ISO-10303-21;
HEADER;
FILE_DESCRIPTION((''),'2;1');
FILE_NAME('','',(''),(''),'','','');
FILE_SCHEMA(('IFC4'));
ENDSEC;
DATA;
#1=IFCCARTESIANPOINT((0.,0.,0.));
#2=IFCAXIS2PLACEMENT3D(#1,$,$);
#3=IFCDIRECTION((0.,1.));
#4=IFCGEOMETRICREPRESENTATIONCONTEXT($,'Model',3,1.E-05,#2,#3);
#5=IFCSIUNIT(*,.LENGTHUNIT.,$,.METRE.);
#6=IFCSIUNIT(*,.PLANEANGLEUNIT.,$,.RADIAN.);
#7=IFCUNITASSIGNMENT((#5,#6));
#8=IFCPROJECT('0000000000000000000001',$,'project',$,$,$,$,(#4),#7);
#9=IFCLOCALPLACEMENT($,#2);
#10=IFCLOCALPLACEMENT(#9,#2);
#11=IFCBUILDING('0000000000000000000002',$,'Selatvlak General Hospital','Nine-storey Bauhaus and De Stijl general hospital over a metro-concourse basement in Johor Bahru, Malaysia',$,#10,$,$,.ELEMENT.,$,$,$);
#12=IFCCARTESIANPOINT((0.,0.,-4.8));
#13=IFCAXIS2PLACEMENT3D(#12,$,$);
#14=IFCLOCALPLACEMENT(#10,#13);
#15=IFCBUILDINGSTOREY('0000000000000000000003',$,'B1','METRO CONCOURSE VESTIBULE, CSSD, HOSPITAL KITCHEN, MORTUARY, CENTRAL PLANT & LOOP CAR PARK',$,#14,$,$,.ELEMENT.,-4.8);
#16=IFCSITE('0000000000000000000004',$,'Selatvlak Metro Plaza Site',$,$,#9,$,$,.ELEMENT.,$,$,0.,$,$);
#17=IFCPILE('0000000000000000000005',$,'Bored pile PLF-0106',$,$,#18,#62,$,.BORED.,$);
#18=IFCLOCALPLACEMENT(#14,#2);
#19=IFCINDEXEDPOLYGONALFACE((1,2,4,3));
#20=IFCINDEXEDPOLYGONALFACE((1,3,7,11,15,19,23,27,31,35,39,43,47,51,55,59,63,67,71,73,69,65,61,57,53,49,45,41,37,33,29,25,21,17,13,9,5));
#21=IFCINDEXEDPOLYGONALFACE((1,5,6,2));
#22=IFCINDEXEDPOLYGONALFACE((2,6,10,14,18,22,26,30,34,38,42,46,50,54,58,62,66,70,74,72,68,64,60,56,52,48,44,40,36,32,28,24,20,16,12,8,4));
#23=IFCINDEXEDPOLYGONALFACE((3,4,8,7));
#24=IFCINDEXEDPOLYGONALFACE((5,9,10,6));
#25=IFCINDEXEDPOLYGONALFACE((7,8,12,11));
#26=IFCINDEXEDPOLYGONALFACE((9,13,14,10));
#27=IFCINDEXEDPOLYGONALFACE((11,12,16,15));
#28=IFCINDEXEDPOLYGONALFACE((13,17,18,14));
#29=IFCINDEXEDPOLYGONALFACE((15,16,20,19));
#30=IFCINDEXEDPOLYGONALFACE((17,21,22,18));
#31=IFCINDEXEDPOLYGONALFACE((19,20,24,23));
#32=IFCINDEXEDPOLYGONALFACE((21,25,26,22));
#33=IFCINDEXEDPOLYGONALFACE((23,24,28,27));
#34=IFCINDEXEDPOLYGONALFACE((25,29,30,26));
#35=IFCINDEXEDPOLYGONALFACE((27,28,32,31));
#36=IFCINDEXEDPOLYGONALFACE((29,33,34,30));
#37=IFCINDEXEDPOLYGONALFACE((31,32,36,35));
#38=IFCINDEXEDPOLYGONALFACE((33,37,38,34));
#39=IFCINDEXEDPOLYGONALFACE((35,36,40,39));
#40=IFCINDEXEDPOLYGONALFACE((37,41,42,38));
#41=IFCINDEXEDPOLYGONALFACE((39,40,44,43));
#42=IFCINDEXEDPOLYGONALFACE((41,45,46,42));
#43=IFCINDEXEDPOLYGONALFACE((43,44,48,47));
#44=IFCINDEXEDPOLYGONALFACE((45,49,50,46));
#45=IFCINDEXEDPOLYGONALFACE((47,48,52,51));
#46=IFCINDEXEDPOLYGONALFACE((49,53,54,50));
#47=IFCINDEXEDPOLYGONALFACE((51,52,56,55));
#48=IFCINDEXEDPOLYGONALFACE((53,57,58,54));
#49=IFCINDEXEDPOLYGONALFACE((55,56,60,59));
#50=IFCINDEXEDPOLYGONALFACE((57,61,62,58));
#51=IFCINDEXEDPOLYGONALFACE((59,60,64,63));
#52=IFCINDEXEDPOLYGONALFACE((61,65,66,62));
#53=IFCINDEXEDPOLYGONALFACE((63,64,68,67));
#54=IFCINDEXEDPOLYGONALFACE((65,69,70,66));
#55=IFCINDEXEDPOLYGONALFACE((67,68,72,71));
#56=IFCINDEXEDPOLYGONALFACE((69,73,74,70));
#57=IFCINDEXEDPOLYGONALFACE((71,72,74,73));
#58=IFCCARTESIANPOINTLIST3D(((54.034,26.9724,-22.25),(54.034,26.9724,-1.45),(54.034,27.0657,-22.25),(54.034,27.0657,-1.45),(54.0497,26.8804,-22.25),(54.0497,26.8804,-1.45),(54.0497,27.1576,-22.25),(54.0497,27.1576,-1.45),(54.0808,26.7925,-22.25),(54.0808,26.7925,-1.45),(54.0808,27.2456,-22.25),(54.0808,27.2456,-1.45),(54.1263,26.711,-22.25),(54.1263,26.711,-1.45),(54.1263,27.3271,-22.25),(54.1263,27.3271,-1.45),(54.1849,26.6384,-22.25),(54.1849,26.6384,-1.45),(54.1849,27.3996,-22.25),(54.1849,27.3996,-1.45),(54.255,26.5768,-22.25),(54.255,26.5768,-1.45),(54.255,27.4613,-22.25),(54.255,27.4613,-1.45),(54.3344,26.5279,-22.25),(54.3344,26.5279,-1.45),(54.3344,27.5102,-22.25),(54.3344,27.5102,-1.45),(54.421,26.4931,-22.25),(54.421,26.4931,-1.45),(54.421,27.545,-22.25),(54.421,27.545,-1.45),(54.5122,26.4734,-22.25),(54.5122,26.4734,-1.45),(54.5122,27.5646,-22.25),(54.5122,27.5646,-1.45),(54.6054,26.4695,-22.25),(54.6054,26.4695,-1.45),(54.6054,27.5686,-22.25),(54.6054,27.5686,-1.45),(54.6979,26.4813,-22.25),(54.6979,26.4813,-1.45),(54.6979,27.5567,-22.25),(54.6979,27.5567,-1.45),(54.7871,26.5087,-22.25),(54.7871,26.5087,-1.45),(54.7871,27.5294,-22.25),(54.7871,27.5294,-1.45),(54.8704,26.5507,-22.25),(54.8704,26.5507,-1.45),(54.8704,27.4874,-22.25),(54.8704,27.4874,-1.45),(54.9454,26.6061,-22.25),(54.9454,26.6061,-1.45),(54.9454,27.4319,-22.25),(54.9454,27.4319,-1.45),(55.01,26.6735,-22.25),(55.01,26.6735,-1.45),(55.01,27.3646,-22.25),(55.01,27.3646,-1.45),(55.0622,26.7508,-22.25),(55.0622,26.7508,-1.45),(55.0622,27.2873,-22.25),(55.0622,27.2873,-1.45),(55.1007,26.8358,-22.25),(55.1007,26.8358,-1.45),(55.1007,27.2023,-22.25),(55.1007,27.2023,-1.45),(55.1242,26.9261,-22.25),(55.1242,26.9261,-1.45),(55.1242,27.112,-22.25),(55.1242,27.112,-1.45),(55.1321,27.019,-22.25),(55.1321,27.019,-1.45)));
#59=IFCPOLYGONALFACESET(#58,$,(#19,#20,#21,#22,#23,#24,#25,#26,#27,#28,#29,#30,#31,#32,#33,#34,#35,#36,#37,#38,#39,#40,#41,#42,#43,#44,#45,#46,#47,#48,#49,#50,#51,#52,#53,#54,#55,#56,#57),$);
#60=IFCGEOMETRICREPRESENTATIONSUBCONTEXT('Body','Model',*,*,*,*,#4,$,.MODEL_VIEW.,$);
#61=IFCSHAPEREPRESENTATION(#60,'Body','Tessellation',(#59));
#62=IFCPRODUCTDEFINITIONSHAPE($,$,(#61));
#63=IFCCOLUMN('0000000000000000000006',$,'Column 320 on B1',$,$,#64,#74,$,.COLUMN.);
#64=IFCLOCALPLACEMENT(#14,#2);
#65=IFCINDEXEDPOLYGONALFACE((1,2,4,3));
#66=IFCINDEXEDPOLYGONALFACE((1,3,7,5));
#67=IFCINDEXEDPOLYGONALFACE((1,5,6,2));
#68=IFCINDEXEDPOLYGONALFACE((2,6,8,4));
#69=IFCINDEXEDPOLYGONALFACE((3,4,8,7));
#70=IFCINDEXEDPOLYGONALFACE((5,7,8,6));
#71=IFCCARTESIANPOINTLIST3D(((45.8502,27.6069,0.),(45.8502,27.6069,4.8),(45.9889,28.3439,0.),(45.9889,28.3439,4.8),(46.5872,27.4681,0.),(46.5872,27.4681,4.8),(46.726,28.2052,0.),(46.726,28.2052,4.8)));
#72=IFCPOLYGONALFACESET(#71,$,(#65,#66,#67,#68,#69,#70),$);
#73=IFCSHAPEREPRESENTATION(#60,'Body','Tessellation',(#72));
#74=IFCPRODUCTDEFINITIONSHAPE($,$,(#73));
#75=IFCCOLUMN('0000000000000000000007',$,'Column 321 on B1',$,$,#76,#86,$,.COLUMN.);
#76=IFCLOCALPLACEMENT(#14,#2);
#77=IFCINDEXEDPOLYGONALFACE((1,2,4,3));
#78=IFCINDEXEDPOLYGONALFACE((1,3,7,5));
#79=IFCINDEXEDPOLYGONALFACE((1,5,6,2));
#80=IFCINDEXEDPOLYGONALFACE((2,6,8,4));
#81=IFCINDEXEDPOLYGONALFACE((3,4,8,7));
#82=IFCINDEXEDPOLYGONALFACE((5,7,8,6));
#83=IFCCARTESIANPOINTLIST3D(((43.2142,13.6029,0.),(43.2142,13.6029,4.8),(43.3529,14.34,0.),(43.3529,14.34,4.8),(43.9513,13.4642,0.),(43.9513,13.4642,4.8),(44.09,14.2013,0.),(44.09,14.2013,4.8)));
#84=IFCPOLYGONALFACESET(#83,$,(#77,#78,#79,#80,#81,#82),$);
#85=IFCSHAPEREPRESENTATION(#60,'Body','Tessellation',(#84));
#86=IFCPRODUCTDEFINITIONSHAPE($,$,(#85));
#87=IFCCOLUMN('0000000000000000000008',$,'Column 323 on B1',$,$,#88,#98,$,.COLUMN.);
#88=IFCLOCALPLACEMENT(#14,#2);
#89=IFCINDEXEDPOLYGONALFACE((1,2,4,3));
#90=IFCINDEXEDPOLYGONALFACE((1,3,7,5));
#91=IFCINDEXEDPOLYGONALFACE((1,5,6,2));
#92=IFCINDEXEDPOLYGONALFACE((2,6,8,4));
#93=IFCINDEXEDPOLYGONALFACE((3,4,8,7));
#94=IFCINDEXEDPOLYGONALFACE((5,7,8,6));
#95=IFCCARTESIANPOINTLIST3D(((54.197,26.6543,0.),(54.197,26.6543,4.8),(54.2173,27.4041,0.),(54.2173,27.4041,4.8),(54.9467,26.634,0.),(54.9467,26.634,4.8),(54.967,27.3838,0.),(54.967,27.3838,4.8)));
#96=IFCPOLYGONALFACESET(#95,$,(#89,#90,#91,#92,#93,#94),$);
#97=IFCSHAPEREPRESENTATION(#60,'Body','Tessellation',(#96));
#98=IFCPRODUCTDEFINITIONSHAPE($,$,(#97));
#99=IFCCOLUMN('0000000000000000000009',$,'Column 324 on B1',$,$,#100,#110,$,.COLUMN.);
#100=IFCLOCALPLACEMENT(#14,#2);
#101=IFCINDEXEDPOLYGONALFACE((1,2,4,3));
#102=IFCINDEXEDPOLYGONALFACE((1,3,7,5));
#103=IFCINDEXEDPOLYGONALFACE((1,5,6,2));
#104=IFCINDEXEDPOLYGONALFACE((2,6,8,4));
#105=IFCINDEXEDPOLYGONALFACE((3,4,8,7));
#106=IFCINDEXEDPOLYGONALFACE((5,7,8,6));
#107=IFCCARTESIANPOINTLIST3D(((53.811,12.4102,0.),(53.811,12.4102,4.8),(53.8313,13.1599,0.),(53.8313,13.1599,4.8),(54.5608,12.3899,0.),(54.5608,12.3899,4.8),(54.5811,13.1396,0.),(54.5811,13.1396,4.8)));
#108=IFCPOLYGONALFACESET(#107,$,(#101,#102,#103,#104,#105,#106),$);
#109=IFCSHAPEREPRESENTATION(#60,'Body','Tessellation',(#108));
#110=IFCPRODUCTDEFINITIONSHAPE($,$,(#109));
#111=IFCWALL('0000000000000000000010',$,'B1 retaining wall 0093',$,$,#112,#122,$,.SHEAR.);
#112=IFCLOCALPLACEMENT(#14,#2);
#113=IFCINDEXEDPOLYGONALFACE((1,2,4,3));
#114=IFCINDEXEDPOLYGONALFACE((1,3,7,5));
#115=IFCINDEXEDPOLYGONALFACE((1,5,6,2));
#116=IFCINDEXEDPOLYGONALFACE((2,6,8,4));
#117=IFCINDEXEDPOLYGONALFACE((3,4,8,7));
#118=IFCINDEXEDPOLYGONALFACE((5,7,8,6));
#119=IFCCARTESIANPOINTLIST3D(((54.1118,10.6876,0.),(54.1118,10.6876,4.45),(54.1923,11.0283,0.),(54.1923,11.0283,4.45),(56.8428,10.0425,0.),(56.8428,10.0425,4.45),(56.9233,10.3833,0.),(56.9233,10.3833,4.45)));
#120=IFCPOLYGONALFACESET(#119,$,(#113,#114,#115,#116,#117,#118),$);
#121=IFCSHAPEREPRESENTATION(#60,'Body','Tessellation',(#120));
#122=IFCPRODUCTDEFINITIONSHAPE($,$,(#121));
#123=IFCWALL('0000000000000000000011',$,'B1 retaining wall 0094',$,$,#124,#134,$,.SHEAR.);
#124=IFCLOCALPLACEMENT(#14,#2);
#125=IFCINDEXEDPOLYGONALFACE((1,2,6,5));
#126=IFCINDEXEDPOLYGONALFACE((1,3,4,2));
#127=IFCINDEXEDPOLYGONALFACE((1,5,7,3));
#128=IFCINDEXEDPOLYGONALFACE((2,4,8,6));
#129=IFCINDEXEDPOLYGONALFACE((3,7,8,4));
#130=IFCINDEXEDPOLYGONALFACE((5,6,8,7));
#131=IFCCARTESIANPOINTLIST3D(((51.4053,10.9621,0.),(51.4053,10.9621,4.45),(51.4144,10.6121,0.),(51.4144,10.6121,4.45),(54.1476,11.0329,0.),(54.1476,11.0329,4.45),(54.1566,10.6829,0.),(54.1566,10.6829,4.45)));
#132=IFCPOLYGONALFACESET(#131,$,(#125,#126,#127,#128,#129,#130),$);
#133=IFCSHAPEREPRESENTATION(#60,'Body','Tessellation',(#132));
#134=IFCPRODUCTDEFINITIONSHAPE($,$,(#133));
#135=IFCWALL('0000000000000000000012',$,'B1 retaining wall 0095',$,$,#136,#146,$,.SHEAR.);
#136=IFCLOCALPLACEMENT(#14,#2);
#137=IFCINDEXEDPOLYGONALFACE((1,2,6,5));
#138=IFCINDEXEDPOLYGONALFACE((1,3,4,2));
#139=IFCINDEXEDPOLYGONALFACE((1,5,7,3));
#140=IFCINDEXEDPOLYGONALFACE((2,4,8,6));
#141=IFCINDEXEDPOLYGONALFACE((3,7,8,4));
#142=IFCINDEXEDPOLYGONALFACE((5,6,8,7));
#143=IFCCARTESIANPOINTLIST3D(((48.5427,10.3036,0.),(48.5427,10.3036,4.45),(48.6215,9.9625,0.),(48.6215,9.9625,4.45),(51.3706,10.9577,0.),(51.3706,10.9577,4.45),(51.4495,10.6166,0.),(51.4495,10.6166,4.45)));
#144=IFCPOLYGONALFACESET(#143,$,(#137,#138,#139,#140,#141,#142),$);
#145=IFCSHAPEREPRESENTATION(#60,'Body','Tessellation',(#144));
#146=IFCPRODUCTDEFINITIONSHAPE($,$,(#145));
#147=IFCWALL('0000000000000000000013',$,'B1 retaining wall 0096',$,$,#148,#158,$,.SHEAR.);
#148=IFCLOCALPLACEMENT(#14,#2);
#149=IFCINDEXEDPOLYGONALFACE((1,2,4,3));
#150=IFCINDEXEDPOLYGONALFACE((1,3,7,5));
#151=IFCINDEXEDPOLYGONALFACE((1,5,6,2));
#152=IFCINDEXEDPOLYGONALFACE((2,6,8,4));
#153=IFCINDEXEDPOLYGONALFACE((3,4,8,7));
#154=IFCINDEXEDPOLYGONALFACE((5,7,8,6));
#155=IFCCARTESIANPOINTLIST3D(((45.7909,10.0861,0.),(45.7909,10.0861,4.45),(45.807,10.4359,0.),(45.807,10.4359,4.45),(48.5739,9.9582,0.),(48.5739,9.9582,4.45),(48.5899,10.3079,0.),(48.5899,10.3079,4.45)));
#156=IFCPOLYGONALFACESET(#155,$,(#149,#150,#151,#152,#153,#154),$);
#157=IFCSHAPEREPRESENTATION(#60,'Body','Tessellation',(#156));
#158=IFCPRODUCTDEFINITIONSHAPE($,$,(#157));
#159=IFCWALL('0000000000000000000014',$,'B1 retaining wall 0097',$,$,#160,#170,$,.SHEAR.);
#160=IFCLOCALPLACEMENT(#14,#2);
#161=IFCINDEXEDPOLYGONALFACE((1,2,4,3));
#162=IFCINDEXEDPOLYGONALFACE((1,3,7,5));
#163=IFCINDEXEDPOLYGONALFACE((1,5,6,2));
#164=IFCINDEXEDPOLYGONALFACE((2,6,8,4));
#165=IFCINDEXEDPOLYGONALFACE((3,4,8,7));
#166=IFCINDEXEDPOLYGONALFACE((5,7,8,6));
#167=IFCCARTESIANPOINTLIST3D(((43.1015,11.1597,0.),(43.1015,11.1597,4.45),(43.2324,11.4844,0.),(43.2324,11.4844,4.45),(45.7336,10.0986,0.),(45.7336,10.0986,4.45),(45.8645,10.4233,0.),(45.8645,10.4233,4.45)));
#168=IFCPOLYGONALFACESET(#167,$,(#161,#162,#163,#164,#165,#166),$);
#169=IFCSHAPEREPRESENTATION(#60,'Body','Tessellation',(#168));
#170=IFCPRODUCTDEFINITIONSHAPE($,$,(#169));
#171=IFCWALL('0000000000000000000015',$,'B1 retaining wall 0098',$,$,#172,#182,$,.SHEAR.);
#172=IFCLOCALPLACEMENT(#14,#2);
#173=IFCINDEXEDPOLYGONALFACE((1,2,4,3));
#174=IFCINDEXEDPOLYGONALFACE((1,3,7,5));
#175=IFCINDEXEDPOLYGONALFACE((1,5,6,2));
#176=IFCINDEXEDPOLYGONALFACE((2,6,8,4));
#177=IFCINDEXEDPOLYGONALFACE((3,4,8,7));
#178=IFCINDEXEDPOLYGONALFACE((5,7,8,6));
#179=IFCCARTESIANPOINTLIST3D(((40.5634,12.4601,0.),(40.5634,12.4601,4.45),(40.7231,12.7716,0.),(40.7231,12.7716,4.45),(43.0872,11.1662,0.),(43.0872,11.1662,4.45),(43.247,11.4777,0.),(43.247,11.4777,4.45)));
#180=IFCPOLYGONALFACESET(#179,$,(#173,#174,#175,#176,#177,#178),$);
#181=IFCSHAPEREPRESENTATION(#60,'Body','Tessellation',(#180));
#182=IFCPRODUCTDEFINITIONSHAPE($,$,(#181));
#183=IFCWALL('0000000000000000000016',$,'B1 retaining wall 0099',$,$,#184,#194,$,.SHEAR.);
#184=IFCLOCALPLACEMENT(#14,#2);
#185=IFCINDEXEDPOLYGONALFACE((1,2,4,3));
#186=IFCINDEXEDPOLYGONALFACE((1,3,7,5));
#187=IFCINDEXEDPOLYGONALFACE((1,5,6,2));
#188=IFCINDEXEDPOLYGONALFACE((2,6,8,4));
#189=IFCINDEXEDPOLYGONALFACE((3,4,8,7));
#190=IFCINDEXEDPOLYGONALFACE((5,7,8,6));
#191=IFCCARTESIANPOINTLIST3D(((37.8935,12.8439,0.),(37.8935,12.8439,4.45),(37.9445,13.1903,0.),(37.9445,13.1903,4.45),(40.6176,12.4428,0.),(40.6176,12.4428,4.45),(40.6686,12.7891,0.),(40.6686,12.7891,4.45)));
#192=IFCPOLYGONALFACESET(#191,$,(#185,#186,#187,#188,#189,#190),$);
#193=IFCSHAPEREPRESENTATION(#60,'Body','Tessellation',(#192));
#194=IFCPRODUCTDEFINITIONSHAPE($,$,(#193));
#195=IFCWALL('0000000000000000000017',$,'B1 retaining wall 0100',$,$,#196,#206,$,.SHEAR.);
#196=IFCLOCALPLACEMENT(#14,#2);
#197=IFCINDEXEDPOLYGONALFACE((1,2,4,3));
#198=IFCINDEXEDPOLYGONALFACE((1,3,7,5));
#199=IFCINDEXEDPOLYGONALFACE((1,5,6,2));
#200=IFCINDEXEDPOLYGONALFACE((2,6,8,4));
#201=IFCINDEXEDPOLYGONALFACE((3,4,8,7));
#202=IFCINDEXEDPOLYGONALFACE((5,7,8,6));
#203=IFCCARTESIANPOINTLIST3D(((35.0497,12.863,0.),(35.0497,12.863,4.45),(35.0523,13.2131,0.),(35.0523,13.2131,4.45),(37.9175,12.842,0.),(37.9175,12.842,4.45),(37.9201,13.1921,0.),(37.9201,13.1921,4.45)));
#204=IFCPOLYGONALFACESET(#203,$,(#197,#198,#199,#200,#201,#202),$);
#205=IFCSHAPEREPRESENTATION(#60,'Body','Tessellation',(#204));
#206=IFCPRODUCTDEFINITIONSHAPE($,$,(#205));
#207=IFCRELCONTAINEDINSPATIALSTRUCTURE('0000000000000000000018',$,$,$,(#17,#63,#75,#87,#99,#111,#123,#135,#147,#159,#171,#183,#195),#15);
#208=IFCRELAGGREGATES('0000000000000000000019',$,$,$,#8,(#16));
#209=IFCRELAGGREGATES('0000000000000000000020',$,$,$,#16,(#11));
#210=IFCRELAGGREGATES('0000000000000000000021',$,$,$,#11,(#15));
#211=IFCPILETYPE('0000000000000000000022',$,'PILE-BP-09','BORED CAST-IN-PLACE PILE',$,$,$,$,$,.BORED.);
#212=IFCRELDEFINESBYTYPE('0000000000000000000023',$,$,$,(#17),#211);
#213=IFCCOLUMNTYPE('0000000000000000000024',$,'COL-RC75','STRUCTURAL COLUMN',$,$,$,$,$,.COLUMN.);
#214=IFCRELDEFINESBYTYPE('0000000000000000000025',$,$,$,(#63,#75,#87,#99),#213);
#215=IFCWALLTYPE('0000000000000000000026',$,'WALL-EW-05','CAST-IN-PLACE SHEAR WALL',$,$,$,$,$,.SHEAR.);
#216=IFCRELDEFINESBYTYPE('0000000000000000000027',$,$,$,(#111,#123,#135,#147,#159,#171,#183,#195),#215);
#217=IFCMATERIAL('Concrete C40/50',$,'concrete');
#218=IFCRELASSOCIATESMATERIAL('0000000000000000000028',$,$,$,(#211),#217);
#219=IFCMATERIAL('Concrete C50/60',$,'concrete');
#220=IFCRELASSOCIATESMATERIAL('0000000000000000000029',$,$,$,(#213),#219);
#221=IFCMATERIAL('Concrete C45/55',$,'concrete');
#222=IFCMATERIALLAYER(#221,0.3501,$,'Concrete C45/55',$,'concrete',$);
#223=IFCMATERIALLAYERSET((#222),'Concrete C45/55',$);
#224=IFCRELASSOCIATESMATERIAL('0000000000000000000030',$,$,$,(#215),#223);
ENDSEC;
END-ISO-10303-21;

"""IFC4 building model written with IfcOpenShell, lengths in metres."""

from ifc_helpers import new_model, si_unit, direction, frame, frame_2d, origin, origin_2d, place, context, subcontext, project, spatial, rectangle, circle, extrude, material, layer, layer_set, material_profile, profile_set, type_object, element, save


model = new_model("IFC4")

# Units and contexts
model_context = context("Model", 3, precision=1e-05, world=origin(), true_north=direction((0.0, 1.0)))
body_context = subcontext(model_context, "Body", "Model", "MODEL_VIEW")
ifc_project = project(units=[si_unit("LENGTHUNIT", "METRE"), si_unit("PLANEANGLEUNIT", "RADIAN")], contexts=[model_context])

# Site, building, storey
site_placement = place(None, origin())
site = spatial("IfcSite", under=ifc_project, at=site_placement, Name="Selatvlak Metro Plaza Site", CompositionType="ELEMENT", RefElevation=0.0)
building_placement = place(site_placement, origin())
building = spatial("IfcBuilding", under=site, at=building_placement, Name="Selatvlak General Hospital", Description="Nine-storey Bauhaus and De Stijl general hospital over a metro-concourse basement in Johor Bahru, Malaysia", CompositionType="ELEMENT")
storey_placement = place(building_placement, frame((0.0, 0.0, -4.8)))
storey = spatial("IfcBuildingStorey", under=building, at=storey_placement, Name="B1", Description="METRO CONCOURSE VESTIBULE, CSSD, HOSPITAL KITCHEN, MORTUARY, CENTRAL PLANT & LOOP CAR PARK", CompositionType="ELEMENT", Elevation=-4.8)

# Shared definitions
ifc_material_1 = material(Name="Concrete C40/50", Category="concrete")

# Pile
ifc_material_profile_1 = material_profile(ifc_material_1, circle(Radius=0.55, at=origin_2d()), Name="BORED PILE 1100")
ifc_profile_set_1 = profile_set([ifc_material_profile_1], Name="Concrete C40/50")
pile_type_1 = type_object("IfcPileType", Name="PILE-BP-09", Description="BORED CAST-IN-PLACE PILE", PredefinedType="BORED", material=ifc_profile_set_1)
pile_placement = place(storey_placement, frame((54.582, 27.019, -1.45), z_axis=(0.0, 0.0, -1.0), x_axis=(1.0, 0.0, 0.0)))
element("IfcPile", 1, at=pile_placement, inside=storey, type_object=pile_type_1, Name="Bored pile PLF-0106", PredefinedType="BORED", context=body_context, shape_type="SweptSolid", body=[
    extrude(circle(Radius=0.55, at=origin_2d()), origin(), (0.0, 0.0, 1.0), 20.8),
])

# Columns
ifc_material_2 = material(Name="Concrete C50/60", Category="concrete")
ifc_material_profile_2 = material_profile(ifc_material_2, rectangle(XDim=0.75, YDim=0.75, at=origin_2d()), Name="RC-COL 750x750")
ifc_profile_set_2 = profile_set([ifc_material_profile_2], Name="Concrete C50/60")
column_type = type_object("IfcColumnType", Name="COL-RC75", Description="STRUCTURAL COLUMN", PredefinedType="COLUMN", material=ifc_profile_set_2)
for number, where, z_axis, x_axis, name in (
    (2, (46.2881, 27.906, 0.0), (0.0, 0.0, 1.0), (0.184998, 0.982739, 0.0), "Column 320 on B1"),
    (3, (43.6521, 13.9021, 0.0), (0.0, 0.0, 1.0), (0.184998, 0.982739, 0.0), "Column 321 on B1"),
    (4, (54.582, 27.019, 0.0), (0.0, 0.0, 1.0), (0.027067, 0.999634, 0.0), "Column 323 on B1"),
    (5, (54.196, 12.7749, 0.0), (0.0, 0.0, 1.0), (0.027067, 0.999634, 0.0), "Column 324 on B1"),
):
    element("IfcColumn", number, at=place(storey_placement, frame(where, z_axis=z_axis, x_axis=x_axis)), inside=storey, type_object=column_type, Name=name, PredefinedType="COLUMN", context=body_context, shape_type="SweptSolid", body=[
        extrude(rectangle(XDim=0.75, YDim=0.75, at=origin_2d()), origin(), (0.0, 0.0, 1.0), 4.8),
    ])

# Walls
ifc_material_3 = material(Name="Concrete C45/55", Category="concrete")
ifc_layer_1 = layer(ifc_material_3, 0.3501, Name="Concrete C45/55", Category="concrete")
ifc_layer_set_1 = layer_set([ifc_layer_1], Name="Concrete C45/55")
wall_type_1 = type_object("IfcWallType", Name="WALL-EW-05", Description="CAST-IN-PLACE SHEAR WALL", PredefinedType="SHEAR", material=ifc_layer_set_1)
wall_1_placement = place(storey_placement, frame((56.8831, 10.2129, 0.0), z_axis=(0.0, 0.0, 1.0), x_axis=(-0.973223, 0.229864, 0.0)))
element("IfcWall", 6, at=wall_1_placement, inside=storey, type_object=wall_type_1, Name="B1 retaining wall 0093", PredefinedType="SHEAR", context=body_context, shape_type="SweptSolid", body=[
    extrude(rectangle(XDim=2.8062, YDim=0.3501, at=frame_2d((1.4031, 0.0))), origin(), (0.0, 0.0, 1.0), 4.45),
])
wall_2_placement = place(storey_placement, frame((54.1521, 10.8579, 0.0), z_axis=(0.0, 0.0, 1.0), x_axis=(-0.999667, -0.02581, 0.0)))
element("IfcWall", 7, at=wall_2_placement, inside=storey, type_object=wall_type_1, Name="B1 retaining wall 0094", PredefinedType="SHEAR", context=body_context, shape_type="SweptSolid", body=[
    extrude(rectangle(XDim=2.7432, YDim=0.3501, at=frame_2d((1.3716, 0.0))), origin(), (0.0, 0.0, 1.0), 4.45),
])
wall_3_placement = place(storey_placement, frame((51.4099, 10.7871, 0.0), z_axis=(0.0, 0.0, 1.0), x_axis=(-0.974281, -0.225339, 0.0)))
element("IfcWall", 8, at=wall_3_placement, inside=storey, type_object=wall_type_1, Name="B1 retaining wall 0095", PredefinedType="SHEAR", context=body_context, shape_type="SweptSolid", body=[
    extrude(rectangle(XDim=2.9026, YDim=0.3501, at=frame_2d((1.4512, 0.0))), origin(), (0.0, 0.0, 1.0), 4.45),
])
wall_4_placement = place(storey_placement, frame((48.582, 10.1331, 0.0), z_axis=(0.0, 0.0, 1.0), x_axis=(-0.998945, 0.04592, 0.0)))
element("IfcWall", 9, at=wall_4_placement, inside=storey, type_object=wall_type_1, Name="B1 retaining wall 0096", PredefinedType="SHEAR", context=body_context, shape_type="SweptSolid", body=[
    extrude(rectangle(XDim=2.7859, YDim=0.3501, at=frame_2d((1.3931, 0.0))), origin(), (0.0, 0.0, 1.0), 4.45),
])
wall_5_placement = place(storey_placement, frame((45.7991, 10.261, 0.0), z_axis=(0.0, 0.0, 1.0), x_axis=(-0.927477, 0.373881, 0.0)))
element("IfcWall", 10, at=wall_5_placement, inside=storey, type_object=wall_type_1, Name="B1 retaining wall 0097", PredefinedType="SHEAR", context=body_context, shape_type="SweptSolid", body=[
    extrude(rectangle(XDim=2.8379, YDim=0.3501, at=frame_2d((1.4189, 0.0))), origin(), (0.0, 0.0, 1.0), 4.45),
])
wall_6_placement = place(storey_placement, frame((43.167, 11.322, 0.0), z_axis=(0.0, 0.0, 1.0), x_axis=(-0.889871, 0.456212, 0.0)))
element("IfcWall", 11, at=wall_6_placement, inside=storey, type_object=wall_type_1, Name="B1 retaining wall 0098", PredefinedType="SHEAR", context=body_context, shape_type="SweptSolid", body=[
    extrude(rectangle(XDim=2.8362, YDim=0.3501, at=frame_2d((1.418, 0.0))), origin(), (0.0, 0.0, 1.0), 4.45),
])
wall_7_placement = place(storey_placement, frame((40.6431, 12.616, 0.0), z_axis=(0.0, 0.0, 1.0), x_axis=(-0.989332, 0.145678, 0.0)))
element("IfcWall", 12, at=wall_7_placement, inside=storey, type_object=wall_type_1, Name="B1 retaining wall 0099", PredefinedType="SHEAR", context=body_context, shape_type="SweptSolid", body=[
    extrude(rectangle(XDim=2.7534, YDim=0.3501, at=frame_2d((1.3767, 0.0))), origin(), (0.0, 0.0, 1.0), 4.45),
])
wall_8_placement = place(storey_placement, frame((37.9189, 13.0171, 0.0), z_axis=(0.0, 0.0, 1.0), x_axis=(-0.999973, 0.007321, 0.0)))
element("IfcWall", 13, at=wall_8_placement, inside=storey, type_object=wall_type_1, Name="B1 retaining wall 0100", PredefinedType="SHEAR", context=body_context, shape_type="SweptSolid", body=[
    extrude(rectangle(XDim=2.8679, YDim=0.3501, at=frame_2d((1.4341, 0.0))), origin(), (0.0, 0.0, 1.0), 4.45),
])

save(model, "model.ifc")
